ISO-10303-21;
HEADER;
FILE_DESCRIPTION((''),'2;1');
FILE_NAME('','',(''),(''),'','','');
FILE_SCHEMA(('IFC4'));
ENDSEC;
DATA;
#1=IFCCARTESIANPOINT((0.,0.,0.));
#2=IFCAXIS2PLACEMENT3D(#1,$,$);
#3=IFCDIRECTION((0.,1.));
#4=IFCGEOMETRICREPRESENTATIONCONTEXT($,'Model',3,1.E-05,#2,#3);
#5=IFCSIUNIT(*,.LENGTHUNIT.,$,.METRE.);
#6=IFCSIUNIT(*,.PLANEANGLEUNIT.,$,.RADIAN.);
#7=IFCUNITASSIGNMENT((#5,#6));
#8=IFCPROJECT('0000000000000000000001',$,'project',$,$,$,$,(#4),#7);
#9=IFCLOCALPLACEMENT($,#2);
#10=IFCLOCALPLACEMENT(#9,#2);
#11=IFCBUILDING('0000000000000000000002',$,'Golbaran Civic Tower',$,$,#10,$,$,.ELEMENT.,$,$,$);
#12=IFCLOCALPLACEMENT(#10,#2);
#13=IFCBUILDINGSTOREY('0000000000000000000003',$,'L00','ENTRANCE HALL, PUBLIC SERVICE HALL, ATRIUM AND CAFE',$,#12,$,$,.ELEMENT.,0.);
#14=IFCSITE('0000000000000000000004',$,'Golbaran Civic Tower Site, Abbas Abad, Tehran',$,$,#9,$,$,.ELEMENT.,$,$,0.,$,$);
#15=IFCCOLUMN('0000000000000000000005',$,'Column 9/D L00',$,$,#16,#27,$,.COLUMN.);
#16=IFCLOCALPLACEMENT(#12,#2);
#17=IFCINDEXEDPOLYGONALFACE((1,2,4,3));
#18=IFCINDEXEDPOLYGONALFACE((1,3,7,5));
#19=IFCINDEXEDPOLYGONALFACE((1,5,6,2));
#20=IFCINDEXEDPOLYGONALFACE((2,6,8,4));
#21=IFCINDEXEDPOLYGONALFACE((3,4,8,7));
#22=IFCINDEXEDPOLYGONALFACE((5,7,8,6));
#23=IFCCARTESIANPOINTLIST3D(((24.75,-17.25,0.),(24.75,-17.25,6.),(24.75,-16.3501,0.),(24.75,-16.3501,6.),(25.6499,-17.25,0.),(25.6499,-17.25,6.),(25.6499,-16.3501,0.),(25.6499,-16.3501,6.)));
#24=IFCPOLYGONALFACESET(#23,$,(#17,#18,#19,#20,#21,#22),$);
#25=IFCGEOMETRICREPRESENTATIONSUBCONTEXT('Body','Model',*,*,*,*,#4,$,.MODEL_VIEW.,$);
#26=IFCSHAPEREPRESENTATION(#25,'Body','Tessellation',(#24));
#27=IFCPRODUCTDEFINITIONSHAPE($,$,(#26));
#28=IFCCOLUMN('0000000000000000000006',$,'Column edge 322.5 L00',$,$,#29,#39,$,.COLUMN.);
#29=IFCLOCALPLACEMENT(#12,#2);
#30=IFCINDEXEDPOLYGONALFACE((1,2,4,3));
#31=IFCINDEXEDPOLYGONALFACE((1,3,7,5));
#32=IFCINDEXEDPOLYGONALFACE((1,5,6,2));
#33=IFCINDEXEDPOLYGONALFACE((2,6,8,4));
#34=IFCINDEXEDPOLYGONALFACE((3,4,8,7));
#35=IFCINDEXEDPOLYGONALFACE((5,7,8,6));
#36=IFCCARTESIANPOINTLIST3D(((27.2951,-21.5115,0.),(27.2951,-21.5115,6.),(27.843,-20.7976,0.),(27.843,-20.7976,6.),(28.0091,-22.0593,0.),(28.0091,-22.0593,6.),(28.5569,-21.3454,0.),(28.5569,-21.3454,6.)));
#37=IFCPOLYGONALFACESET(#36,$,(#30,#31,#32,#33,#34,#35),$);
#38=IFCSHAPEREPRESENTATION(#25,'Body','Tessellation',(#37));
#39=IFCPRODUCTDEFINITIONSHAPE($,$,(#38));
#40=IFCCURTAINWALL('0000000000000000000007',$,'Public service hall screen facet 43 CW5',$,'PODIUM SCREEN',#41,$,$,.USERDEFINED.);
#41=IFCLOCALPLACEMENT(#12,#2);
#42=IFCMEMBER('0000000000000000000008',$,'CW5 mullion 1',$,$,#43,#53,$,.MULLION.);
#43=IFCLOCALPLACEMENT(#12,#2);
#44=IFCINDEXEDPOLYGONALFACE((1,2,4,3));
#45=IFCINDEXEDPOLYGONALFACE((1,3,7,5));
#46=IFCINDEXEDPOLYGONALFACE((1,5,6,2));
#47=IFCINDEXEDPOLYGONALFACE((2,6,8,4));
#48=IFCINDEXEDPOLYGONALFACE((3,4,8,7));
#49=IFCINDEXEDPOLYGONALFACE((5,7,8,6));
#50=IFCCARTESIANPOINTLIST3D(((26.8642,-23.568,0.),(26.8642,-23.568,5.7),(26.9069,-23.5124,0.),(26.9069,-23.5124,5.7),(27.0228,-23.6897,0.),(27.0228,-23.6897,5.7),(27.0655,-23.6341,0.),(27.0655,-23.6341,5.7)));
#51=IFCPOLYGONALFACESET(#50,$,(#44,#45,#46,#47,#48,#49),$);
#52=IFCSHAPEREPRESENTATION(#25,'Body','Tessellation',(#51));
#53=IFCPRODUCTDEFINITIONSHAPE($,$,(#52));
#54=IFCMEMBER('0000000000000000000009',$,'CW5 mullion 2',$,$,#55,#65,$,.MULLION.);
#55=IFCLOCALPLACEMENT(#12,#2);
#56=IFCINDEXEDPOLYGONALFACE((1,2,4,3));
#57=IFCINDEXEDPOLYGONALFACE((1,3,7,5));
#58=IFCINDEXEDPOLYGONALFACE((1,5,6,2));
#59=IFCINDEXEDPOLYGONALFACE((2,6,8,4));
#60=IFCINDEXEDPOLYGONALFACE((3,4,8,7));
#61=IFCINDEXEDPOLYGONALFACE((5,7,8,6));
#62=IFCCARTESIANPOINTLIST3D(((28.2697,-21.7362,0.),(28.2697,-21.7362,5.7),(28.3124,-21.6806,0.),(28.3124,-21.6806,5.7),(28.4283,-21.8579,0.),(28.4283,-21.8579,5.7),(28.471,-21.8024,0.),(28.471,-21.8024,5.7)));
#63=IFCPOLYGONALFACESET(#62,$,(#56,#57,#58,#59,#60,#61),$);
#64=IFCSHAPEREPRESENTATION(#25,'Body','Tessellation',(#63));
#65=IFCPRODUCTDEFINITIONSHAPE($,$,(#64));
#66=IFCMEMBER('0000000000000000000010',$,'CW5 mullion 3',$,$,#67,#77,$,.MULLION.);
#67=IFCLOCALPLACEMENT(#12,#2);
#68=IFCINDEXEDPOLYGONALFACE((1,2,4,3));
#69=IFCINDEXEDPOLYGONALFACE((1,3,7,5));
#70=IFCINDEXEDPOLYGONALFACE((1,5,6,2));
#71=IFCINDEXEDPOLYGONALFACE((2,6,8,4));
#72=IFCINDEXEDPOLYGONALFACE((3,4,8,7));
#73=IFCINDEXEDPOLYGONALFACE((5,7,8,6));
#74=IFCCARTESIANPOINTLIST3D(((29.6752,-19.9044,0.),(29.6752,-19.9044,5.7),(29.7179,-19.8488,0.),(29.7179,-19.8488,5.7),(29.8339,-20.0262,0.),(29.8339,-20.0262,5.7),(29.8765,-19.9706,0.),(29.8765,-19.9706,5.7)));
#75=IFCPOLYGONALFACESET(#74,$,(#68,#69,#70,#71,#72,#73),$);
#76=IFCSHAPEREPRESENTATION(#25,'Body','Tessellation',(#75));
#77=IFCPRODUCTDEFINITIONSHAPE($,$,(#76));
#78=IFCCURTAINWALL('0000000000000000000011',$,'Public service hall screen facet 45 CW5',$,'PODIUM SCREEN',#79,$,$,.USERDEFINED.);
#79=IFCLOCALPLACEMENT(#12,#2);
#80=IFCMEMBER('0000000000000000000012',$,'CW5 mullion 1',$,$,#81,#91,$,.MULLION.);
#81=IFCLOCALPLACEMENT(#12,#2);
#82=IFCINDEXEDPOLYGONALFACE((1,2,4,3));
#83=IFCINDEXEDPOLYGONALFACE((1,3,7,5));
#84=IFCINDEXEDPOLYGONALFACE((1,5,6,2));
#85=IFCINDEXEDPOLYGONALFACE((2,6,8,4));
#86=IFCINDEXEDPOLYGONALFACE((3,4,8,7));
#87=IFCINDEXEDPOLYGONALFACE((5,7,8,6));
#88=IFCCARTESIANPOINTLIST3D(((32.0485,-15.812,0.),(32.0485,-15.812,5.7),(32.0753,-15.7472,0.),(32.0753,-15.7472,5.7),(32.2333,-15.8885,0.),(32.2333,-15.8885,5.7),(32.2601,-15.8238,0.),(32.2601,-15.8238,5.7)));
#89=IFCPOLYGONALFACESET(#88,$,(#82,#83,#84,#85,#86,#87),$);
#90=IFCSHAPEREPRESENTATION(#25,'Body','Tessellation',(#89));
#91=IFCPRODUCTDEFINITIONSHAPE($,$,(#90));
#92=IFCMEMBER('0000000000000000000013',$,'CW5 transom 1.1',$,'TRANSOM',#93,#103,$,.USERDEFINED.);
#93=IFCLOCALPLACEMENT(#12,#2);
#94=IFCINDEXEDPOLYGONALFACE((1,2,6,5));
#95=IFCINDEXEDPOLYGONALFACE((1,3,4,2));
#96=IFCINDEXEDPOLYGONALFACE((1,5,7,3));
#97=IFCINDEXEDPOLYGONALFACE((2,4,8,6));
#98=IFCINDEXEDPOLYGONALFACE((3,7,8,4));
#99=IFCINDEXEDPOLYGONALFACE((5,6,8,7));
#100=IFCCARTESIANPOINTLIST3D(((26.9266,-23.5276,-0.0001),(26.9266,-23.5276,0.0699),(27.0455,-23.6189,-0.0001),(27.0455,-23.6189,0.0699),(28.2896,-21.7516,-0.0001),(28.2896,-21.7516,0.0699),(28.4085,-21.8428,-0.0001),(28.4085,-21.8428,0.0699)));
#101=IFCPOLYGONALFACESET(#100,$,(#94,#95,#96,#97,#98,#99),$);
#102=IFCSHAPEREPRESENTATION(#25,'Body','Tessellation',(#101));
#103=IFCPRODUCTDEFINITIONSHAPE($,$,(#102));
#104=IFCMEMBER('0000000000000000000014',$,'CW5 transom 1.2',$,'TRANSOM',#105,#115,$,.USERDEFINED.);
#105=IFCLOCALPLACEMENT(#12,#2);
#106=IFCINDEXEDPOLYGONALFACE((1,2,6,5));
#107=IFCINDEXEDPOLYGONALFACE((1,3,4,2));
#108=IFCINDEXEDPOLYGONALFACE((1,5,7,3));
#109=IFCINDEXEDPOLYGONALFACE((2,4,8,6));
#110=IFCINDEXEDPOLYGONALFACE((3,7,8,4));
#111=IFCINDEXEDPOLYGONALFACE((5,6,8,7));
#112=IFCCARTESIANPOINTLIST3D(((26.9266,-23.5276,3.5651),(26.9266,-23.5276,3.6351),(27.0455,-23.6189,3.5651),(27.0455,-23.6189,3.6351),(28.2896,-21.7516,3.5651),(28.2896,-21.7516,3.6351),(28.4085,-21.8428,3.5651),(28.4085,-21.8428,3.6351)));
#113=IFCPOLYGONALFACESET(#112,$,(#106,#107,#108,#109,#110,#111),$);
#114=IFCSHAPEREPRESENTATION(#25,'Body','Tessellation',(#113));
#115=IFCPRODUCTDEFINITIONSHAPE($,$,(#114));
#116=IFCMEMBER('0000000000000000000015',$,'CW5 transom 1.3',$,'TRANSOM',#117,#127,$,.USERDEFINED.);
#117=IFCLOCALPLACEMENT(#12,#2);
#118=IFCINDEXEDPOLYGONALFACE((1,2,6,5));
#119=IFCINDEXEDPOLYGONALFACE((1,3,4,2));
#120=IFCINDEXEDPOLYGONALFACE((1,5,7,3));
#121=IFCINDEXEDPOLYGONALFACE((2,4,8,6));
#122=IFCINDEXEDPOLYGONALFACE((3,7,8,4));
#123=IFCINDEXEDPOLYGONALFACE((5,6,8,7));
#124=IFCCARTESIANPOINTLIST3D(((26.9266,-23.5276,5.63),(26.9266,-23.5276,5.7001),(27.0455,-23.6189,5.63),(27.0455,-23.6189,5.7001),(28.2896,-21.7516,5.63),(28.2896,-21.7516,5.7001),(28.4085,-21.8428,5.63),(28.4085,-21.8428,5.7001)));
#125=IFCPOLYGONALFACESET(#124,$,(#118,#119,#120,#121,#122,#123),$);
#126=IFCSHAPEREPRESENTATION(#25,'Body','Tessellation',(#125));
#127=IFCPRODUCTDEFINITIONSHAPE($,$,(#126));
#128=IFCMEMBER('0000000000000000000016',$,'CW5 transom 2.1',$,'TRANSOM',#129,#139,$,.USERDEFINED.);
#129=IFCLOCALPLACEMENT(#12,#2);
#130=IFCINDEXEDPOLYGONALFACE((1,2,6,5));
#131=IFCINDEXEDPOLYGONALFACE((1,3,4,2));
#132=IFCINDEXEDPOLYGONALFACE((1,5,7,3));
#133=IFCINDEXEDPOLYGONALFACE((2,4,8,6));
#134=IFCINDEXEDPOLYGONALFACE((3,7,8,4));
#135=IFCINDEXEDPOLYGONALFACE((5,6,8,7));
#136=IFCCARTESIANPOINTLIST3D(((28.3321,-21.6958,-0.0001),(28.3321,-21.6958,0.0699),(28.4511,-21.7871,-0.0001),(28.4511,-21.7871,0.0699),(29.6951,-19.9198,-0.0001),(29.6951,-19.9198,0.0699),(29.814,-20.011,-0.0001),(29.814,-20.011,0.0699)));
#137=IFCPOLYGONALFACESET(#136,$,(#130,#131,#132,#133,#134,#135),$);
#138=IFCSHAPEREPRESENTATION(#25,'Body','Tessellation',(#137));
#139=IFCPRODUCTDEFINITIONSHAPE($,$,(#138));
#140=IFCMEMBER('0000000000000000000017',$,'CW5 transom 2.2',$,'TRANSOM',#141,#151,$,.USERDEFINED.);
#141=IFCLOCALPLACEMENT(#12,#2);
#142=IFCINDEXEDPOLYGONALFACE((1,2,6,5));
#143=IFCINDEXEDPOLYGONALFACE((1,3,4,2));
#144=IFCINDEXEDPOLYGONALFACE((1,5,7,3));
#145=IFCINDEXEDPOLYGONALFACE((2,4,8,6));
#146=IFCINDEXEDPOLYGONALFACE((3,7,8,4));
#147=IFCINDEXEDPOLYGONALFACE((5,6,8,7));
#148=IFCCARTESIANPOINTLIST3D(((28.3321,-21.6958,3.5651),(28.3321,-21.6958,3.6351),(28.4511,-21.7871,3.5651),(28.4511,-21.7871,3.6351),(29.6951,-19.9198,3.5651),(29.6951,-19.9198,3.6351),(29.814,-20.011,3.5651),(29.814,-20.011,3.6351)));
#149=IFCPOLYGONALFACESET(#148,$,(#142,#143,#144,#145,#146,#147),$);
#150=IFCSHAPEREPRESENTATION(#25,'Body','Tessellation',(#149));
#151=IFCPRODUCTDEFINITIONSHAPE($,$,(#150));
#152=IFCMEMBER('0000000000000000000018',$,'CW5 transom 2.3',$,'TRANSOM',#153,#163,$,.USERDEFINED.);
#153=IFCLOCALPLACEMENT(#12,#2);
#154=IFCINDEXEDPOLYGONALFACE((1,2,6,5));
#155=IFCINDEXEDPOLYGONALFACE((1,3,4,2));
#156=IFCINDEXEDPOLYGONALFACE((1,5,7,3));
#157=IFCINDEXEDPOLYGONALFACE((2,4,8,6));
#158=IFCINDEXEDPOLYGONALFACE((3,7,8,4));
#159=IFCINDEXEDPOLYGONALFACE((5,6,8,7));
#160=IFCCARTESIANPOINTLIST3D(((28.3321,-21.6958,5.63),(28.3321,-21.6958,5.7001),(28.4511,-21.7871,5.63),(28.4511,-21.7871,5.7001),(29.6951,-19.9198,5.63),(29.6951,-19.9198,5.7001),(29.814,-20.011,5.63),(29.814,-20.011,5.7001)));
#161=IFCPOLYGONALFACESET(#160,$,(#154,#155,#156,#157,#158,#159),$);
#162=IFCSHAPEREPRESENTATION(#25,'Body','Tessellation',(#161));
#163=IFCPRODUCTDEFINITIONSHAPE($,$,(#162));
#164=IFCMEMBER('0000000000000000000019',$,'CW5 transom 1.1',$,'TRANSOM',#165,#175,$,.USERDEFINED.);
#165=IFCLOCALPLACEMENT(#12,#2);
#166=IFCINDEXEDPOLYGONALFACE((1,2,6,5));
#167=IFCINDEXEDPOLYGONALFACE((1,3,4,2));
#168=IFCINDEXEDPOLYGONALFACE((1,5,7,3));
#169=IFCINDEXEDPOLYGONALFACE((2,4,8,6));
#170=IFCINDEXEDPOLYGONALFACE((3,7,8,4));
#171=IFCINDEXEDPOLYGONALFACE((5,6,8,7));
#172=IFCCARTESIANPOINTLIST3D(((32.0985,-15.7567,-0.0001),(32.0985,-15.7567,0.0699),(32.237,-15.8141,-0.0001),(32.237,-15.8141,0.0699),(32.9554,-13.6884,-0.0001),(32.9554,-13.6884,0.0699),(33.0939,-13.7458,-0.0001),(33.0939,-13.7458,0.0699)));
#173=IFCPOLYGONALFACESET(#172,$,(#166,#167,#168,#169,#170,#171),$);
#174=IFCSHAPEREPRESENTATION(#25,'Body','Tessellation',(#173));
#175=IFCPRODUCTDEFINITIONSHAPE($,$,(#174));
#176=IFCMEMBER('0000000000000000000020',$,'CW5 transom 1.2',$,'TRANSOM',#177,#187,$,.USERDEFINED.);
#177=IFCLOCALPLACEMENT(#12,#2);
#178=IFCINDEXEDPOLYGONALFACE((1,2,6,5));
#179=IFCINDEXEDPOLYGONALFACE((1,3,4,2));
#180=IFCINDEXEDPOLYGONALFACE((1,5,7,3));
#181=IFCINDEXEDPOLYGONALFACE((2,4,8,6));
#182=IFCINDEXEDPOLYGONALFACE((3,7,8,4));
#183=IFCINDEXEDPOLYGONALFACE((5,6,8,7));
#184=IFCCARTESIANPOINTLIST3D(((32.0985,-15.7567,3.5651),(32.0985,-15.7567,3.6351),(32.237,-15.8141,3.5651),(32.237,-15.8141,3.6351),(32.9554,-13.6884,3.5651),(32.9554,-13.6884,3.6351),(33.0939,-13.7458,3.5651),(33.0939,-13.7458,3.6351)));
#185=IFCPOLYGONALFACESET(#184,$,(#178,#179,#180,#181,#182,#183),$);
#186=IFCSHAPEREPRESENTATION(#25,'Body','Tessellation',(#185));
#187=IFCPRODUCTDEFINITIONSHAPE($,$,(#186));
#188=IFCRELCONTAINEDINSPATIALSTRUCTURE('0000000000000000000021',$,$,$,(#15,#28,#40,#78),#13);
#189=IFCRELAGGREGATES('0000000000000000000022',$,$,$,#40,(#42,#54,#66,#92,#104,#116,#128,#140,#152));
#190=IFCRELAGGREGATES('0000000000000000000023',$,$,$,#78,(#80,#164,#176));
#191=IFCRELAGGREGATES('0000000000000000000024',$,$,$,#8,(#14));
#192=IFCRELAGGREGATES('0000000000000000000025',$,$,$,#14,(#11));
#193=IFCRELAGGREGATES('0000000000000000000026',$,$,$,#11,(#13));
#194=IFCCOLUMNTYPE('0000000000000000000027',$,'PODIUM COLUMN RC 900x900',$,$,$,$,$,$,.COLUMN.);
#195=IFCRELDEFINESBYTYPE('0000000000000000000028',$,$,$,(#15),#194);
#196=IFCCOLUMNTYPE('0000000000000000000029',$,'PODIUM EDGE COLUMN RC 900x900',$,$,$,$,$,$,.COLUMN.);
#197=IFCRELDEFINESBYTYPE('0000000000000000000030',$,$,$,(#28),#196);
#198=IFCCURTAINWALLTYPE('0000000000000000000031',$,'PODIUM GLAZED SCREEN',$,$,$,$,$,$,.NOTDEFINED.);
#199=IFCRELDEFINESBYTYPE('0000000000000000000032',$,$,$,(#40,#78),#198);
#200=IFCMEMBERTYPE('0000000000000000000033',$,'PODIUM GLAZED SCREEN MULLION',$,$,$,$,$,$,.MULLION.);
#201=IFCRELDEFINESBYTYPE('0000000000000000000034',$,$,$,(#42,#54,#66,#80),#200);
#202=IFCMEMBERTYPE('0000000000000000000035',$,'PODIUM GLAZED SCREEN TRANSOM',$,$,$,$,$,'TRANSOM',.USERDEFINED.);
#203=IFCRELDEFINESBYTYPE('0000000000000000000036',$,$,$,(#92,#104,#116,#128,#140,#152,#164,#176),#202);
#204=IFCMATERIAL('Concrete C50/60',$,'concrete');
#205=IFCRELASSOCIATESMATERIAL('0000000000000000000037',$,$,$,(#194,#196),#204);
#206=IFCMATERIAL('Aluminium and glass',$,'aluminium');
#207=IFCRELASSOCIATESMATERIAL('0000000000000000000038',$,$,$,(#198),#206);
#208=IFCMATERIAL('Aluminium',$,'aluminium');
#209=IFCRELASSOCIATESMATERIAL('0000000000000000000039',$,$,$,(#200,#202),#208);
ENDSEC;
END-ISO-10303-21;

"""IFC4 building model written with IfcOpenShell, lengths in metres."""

from ifc_helpers import new_model, si_unit, direction, frame, origin, origin_2d, place, context, subcontext, project, spatial, rectangle, extrude, material, material_profile, profile_set, type_object, element, aggregate, save


model = new_model("IFC4")

# Units and contexts
model_context = context("Model", 3, precision=1e-05, world=origin(), true_north=direction((0.0, 1.0)))
body_context = subcontext(model_context, "Body", "Model", "MODEL_VIEW")
ifc_project = project(units=[si_unit("LENGTHUNIT", "METRE"), si_unit("PLANEANGLEUNIT", "RADIAN")], contexts=[model_context])

# Site, building, storey
site_placement = place(None, origin())
site = spatial("IfcSite", under=ifc_project, at=site_placement, Name="Golbaran Civic Tower Site, Abbas Abad, Tehran", CompositionType="ELEMENT", RefElevation=0.0)
building_placement = place(site_placement, origin())
building = spatial("IfcBuilding", under=site, at=building_placement, Name="Golbaran Civic Tower", CompositionType="ELEMENT")
storey_placement = place(building_placement, origin())
storey = spatial("IfcBuildingStorey", under=building, at=storey_placement, Name="L00", Description="ENTRANCE HALL, PUBLIC SERVICE HALL, ATRIUM AND CAFE", CompositionType="ELEMENT", Elevation=0.0)

# Columns
ifc_material_1 = material(Name="Concrete C50/60", Category="concrete")
ifc_material_profile_1 = material_profile(ifc_material_1, rectangle(XDim=0.8999, YDim=0.8999, at=origin_2d()), Name="RC 900x900")
ifc_profile_set_1 = profile_set([ifc_material_profile_1], Name="Concrete C50/60")
column_type_1 = type_object("IfcColumnType", Name="PODIUM COLUMN RC 900x900", PredefinedType="COLUMN", material=ifc_profile_set_1)
column_1_placement = place(storey_placement, frame((25.2, -16.8, 0.0), z_axis=(0.0, 0.0, 1.0), x_axis=(1.0, 0.0, 0.0)))
element("IfcColumn", 1, at=column_1_placement, inside=storey, type_object=column_type_1, Name="Column 9/D L00", PredefinedType="COLUMN", context=body_context, shape_type="SweptSolid", body=[
    extrude(rectangle(XDim=0.8999, YDim=0.8999, at=origin_2d()), origin(), (0.0, 0.0, 1.0), 6.0),
])
ifc_material_profile_2 = material_profile(ifc_material_1, rectangle(XDim=0.8999, YDim=0.8999, at=origin_2d()), Name="RC 900x900")
ifc_profile_set_2 = profile_set([ifc_material_profile_2], Name="Concrete C50/60")
column_type_2 = type_object("IfcColumnType", Name="PODIUM EDGE COLUMN RC 900x900", PredefinedType="COLUMN", material=ifc_profile_set_2)
column_2_placement = place(storey_placement, frame((27.926, -21.4285, 0.0), z_axis=(0.0, 0.0, 1.0), x_axis=(0.793353, -0.608761, 0.0)))
element("IfcColumn", 2, at=column_2_placement, inside=storey, type_object=column_type_2, Name="Column edge 322.5 L00", PredefinedType="COLUMN", context=body_context, shape_type="SweptSolid", body=[
    extrude(rectangle(XDim=0.8999, YDim=0.8999, at=origin_2d()), origin(), (0.0, 0.0, 1.0), 6.0),
])

# Curtain wall, members
ifc_material_2 = material(Name="Aluminium and glass", Category="aluminium")
curtain_wall_type = type_object("IfcCurtainWallType", Name="PODIUM GLAZED SCREEN", PredefinedType="NOTDEFINED", material=ifc_material_2)
curtain_wall_1_placement = place(storey_placement, origin())
curtain_wall_1 = element("IfcCurtainWall", 3, at=curtain_wall_1_placement, inside=storey, type_object=curtain_wall_type, Name="Public service hall screen facet 43 CW5", ObjectType="PODIUM SCREEN", PredefinedType="USERDEFINED")
ifc_material_3 = material(Name="Aluminium", Category="aluminium")
ifc_material_profile_3 = material_profile(ifc_material_3, rectangle(XDim=0.2, YDim=0.0701, at=origin_2d()), Name="PODIUM GLAZED SCREEN MULLION")
ifc_profile_set_3 = profile_set([ifc_material_profile_3], Name="Aluminium")
member_type_1 = type_object("IfcMemberType", Name="PODIUM GLAZED SCREEN MULLION", PredefinedType="MULLION", material=ifc_profile_set_3)
member_1_placement = place(storey_placement, frame((26.9648, -23.6011, 0.0), z_axis=(0.0, 0.0, 1.0), x_axis=(-0.793353, 0.608761, 0.0)))
member_1 = element("IfcMember", 4, at=member_1_placement, type_object=member_type_1, Name="CW5 mullion 1", PredefinedType="MULLION", context=body_context, shape_type="SweptSolid", body=[
    extrude(rectangle(XDim=0.2, YDim=0.0701, at=origin_2d()), origin(), (0.0, 0.0, 1.0), 5.7),
])
member_2_placement = place(storey_placement, frame((28.3704, -21.7693, 0.0), z_axis=(0.0, 0.0, 1.0), x_axis=(-0.793353, 0.608761, 0.0)))
member_2 = element("IfcMember", 5, at=member_2_placement, type_object=member_type_1, Name="CW5 mullion 2", PredefinedType="MULLION", context=body_context, shape_type="SweptSolid", body=[
    extrude(rectangle(XDim=0.2, YDim=0.0701, at=origin_2d()), origin(), (0.0, 0.0, 1.0), 5.7),
])
member_3_placement = place(storey_placement, frame((29.7759, -19.9375, 0.0), z_axis=(0.0, 0.0, 1.0), x_axis=(-0.793353, 0.608761, 0.0)))
member_3 = element("IfcMember", 6, at=member_3_placement, type_object=member_type_1, Name="CW5 mullion 3", PredefinedType="MULLION", context=body_context, shape_type="SweptSolid", body=[
    extrude(rectangle(XDim=0.2, YDim=0.0701, at=origin_2d()), origin(), (0.0, 0.0, 1.0), 5.7),
])

# Curtain wall, member
curtain_wall_2_placement = place(storey_placement, origin())
curtain_wall_2 = element("IfcCurtainWall", 7, at=curtain_wall_2_placement, inside=storey, type_object=curtain_wall_type, Name="Public service hall screen facet 45 CW5", ObjectType="PODIUM SCREEN", PredefinedType="USERDEFINED")
member_4_placement = place(storey_placement, frame((32.1543, -15.8179, 0.0), z_axis=(0.0, 0.0, 1.0), x_axis=(-0.92388, 0.382683, 0.0)))
member_4 = element("IfcMember", 8, at=member_4_placement, type_object=member_type_1, Name="CW5 mullion 1", PredefinedType="MULLION", context=body_context, shape_type="SweptSolid", body=[
    extrude(rectangle(XDim=0.2, YDim=0.0701, at=origin_2d()), origin(), (0.0, 0.0, 1.0), 5.7),
])

# Members
ifc_material_profile_4 = material_profile(ifc_material_3, rectangle(XDim=0.1499, YDim=0.0701, at=origin_2d()), Name="PODIUM GLAZED SCREEN TRANSOM")
ifc_profile_set_4 = profile_set([ifc_material_profile_4], Name="Aluminium")
member_type_2 = type_object("IfcMemberType", Name="PODIUM GLAZED SCREEN TRANSOM", ElementType="TRANSOM", PredefinedType="USERDEFINED", material=ifc_profile_set_4)
member_5_placement = place(storey_placement, frame((26.9861, -23.5732, 0.0349), z_axis=(0.608809, 0.793317, 0.0), x_axis=(-0.793317, 0.608809, 0.0)))
member_5 = element("IfcMember", 9, at=member_5_placement, type_object=member_type_2, Name="CW5 transom 1.1", ObjectType="TRANSOM", PredefinedType="USERDEFINED", context=body_context, shape_type="SweptSolid", body=[
    extrude(rectangle(XDim=0.1499, YDim=0.0701, at=origin_2d()), origin(), (0.0, 0.0, 1.0), 2.2388),
])
member_6_placement = place(storey_placement, frame((26.9861, -23.5732, 3.6001), z_axis=(0.608809, 0.793317, 0.0), x_axis=(-0.793317, 0.608809, 0.0)))
member_6 = element("IfcMember", 10, at=member_6_placement, type_object=member_type_2, Name="CW5 transom 1.2", ObjectType="TRANSOM", PredefinedType="USERDEFINED", context=body_context, shape_type="SweptSolid", body=[
    extrude(rectangle(XDim=0.1499, YDim=0.0701, at=origin_2d()), origin(), (0.0, 0.0, 1.0), 2.2388),
])
member_7_placement = place(storey_placement, frame((26.9861, -23.5732, 5.665), z_axis=(0.608809, 0.793317, 0.0), x_axis=(-0.793317, 0.608809, 0.0)))
member_7 = element("IfcMember", 11, at=member_7_placement, type_object=member_type_2, Name="CW5 transom 1.3", ObjectType="TRANSOM", PredefinedType="USERDEFINED", context=body_context, shape_type="SweptSolid", body=[
    extrude(rectangle(XDim=0.1499, YDim=0.0701, at=origin_2d()), origin(), (0.0, 0.0, 1.0), 2.2388),
])
member_8_placement = place(storey_placement, frame((28.3916, -21.7415, 0.0349), z_axis=(0.608809, 0.793317, 0.0), x_axis=(-0.793317, 0.608809, 0.0)))
member_8 = element("IfcMember", 12, at=member_8_placement, type_object=member_type_2, Name="CW5 transom 2.1", ObjectType="TRANSOM", PredefinedType="USERDEFINED", context=body_context, shape_type="SweptSolid", body=[
    extrude(rectangle(XDim=0.1499, YDim=0.0701, at=origin_2d()), origin(), (0.0, 0.0, 1.0), 2.2388),
])
member_9_placement = place(storey_placement, frame((28.3916, -21.7415, 3.6001), z_axis=(0.608809, 0.793317, 0.0), x_axis=(-0.793317, 0.608809, 0.0)))
member_9 = element("IfcMember", 13, at=member_9_placement, type_object=member_type_2, Name="CW5 transom 2.2", ObjectType="TRANSOM", PredefinedType="USERDEFINED", context=body_context, shape_type="SweptSolid", body=[
    extrude(rectangle(XDim=0.1499, YDim=0.0701, at=origin_2d()), origin(), (0.0, 0.0, 1.0), 2.2388),
])
member_10_placement = place(storey_placement, frame((28.3916, -21.7415, 5.665), z_axis=(0.608809, 0.793317, 0.0), x_axis=(-0.793317, 0.608809, 0.0)))
member_10 = element("IfcMember", 14, at=member_10_placement, type_object=member_type_2, Name="CW5 transom 2.3", ObjectType="TRANSOM", PredefinedType="USERDEFINED", context=body_context, shape_type="SweptSolid", body=[
    extrude(rectangle(XDim=0.1499, YDim=0.0701, at=origin_2d()), origin(), (0.0, 0.0, 1.0), 2.2388),
])
member_11_placement = place(storey_placement, frame((32.1677, -15.7854, 0.0349), z_axis=(0.382756, 0.923849, 0.0), x_axis=(-0.923849, 0.382756, 0.0)))
member_11 = element("IfcMember", 15, at=member_11_placement, type_object=member_type_2, Name="CW5 transom 1.1", ObjectType="TRANSOM", PredefinedType="USERDEFINED", context=body_context, shape_type="SweptSolid", body=[
    extrude(rectangle(XDim=0.1499, YDim=0.0701, at=origin_2d()), origin(), (0.0, 0.0, 1.0), 2.2388),
])
member_12_placement = place(storey_placement, frame((32.1677, -15.7854, 3.6001), z_axis=(0.382756, 0.923849, 0.0), x_axis=(-0.923849, 0.382756, 0.0)))
member_12 = element("IfcMember", 16, at=member_12_placement, type_object=member_type_2, Name="CW5 transom 1.2", ObjectType="TRANSOM", PredefinedType="USERDEFINED", context=body_context, shape_type="SweptSolid", body=[
    extrude(rectangle(XDim=0.1499, YDim=0.0701, at=origin_2d()), origin(), (0.0, 0.0, 1.0), 2.2388),
])

aggregate(curtain_wall_1, [member_1, member_2, member_3, member_5, member_6, member_7, member_8, member_9, member_10])
aggregate(curtain_wall_2, [member_4, member_11, member_12])

save(model, "model.ifc")
